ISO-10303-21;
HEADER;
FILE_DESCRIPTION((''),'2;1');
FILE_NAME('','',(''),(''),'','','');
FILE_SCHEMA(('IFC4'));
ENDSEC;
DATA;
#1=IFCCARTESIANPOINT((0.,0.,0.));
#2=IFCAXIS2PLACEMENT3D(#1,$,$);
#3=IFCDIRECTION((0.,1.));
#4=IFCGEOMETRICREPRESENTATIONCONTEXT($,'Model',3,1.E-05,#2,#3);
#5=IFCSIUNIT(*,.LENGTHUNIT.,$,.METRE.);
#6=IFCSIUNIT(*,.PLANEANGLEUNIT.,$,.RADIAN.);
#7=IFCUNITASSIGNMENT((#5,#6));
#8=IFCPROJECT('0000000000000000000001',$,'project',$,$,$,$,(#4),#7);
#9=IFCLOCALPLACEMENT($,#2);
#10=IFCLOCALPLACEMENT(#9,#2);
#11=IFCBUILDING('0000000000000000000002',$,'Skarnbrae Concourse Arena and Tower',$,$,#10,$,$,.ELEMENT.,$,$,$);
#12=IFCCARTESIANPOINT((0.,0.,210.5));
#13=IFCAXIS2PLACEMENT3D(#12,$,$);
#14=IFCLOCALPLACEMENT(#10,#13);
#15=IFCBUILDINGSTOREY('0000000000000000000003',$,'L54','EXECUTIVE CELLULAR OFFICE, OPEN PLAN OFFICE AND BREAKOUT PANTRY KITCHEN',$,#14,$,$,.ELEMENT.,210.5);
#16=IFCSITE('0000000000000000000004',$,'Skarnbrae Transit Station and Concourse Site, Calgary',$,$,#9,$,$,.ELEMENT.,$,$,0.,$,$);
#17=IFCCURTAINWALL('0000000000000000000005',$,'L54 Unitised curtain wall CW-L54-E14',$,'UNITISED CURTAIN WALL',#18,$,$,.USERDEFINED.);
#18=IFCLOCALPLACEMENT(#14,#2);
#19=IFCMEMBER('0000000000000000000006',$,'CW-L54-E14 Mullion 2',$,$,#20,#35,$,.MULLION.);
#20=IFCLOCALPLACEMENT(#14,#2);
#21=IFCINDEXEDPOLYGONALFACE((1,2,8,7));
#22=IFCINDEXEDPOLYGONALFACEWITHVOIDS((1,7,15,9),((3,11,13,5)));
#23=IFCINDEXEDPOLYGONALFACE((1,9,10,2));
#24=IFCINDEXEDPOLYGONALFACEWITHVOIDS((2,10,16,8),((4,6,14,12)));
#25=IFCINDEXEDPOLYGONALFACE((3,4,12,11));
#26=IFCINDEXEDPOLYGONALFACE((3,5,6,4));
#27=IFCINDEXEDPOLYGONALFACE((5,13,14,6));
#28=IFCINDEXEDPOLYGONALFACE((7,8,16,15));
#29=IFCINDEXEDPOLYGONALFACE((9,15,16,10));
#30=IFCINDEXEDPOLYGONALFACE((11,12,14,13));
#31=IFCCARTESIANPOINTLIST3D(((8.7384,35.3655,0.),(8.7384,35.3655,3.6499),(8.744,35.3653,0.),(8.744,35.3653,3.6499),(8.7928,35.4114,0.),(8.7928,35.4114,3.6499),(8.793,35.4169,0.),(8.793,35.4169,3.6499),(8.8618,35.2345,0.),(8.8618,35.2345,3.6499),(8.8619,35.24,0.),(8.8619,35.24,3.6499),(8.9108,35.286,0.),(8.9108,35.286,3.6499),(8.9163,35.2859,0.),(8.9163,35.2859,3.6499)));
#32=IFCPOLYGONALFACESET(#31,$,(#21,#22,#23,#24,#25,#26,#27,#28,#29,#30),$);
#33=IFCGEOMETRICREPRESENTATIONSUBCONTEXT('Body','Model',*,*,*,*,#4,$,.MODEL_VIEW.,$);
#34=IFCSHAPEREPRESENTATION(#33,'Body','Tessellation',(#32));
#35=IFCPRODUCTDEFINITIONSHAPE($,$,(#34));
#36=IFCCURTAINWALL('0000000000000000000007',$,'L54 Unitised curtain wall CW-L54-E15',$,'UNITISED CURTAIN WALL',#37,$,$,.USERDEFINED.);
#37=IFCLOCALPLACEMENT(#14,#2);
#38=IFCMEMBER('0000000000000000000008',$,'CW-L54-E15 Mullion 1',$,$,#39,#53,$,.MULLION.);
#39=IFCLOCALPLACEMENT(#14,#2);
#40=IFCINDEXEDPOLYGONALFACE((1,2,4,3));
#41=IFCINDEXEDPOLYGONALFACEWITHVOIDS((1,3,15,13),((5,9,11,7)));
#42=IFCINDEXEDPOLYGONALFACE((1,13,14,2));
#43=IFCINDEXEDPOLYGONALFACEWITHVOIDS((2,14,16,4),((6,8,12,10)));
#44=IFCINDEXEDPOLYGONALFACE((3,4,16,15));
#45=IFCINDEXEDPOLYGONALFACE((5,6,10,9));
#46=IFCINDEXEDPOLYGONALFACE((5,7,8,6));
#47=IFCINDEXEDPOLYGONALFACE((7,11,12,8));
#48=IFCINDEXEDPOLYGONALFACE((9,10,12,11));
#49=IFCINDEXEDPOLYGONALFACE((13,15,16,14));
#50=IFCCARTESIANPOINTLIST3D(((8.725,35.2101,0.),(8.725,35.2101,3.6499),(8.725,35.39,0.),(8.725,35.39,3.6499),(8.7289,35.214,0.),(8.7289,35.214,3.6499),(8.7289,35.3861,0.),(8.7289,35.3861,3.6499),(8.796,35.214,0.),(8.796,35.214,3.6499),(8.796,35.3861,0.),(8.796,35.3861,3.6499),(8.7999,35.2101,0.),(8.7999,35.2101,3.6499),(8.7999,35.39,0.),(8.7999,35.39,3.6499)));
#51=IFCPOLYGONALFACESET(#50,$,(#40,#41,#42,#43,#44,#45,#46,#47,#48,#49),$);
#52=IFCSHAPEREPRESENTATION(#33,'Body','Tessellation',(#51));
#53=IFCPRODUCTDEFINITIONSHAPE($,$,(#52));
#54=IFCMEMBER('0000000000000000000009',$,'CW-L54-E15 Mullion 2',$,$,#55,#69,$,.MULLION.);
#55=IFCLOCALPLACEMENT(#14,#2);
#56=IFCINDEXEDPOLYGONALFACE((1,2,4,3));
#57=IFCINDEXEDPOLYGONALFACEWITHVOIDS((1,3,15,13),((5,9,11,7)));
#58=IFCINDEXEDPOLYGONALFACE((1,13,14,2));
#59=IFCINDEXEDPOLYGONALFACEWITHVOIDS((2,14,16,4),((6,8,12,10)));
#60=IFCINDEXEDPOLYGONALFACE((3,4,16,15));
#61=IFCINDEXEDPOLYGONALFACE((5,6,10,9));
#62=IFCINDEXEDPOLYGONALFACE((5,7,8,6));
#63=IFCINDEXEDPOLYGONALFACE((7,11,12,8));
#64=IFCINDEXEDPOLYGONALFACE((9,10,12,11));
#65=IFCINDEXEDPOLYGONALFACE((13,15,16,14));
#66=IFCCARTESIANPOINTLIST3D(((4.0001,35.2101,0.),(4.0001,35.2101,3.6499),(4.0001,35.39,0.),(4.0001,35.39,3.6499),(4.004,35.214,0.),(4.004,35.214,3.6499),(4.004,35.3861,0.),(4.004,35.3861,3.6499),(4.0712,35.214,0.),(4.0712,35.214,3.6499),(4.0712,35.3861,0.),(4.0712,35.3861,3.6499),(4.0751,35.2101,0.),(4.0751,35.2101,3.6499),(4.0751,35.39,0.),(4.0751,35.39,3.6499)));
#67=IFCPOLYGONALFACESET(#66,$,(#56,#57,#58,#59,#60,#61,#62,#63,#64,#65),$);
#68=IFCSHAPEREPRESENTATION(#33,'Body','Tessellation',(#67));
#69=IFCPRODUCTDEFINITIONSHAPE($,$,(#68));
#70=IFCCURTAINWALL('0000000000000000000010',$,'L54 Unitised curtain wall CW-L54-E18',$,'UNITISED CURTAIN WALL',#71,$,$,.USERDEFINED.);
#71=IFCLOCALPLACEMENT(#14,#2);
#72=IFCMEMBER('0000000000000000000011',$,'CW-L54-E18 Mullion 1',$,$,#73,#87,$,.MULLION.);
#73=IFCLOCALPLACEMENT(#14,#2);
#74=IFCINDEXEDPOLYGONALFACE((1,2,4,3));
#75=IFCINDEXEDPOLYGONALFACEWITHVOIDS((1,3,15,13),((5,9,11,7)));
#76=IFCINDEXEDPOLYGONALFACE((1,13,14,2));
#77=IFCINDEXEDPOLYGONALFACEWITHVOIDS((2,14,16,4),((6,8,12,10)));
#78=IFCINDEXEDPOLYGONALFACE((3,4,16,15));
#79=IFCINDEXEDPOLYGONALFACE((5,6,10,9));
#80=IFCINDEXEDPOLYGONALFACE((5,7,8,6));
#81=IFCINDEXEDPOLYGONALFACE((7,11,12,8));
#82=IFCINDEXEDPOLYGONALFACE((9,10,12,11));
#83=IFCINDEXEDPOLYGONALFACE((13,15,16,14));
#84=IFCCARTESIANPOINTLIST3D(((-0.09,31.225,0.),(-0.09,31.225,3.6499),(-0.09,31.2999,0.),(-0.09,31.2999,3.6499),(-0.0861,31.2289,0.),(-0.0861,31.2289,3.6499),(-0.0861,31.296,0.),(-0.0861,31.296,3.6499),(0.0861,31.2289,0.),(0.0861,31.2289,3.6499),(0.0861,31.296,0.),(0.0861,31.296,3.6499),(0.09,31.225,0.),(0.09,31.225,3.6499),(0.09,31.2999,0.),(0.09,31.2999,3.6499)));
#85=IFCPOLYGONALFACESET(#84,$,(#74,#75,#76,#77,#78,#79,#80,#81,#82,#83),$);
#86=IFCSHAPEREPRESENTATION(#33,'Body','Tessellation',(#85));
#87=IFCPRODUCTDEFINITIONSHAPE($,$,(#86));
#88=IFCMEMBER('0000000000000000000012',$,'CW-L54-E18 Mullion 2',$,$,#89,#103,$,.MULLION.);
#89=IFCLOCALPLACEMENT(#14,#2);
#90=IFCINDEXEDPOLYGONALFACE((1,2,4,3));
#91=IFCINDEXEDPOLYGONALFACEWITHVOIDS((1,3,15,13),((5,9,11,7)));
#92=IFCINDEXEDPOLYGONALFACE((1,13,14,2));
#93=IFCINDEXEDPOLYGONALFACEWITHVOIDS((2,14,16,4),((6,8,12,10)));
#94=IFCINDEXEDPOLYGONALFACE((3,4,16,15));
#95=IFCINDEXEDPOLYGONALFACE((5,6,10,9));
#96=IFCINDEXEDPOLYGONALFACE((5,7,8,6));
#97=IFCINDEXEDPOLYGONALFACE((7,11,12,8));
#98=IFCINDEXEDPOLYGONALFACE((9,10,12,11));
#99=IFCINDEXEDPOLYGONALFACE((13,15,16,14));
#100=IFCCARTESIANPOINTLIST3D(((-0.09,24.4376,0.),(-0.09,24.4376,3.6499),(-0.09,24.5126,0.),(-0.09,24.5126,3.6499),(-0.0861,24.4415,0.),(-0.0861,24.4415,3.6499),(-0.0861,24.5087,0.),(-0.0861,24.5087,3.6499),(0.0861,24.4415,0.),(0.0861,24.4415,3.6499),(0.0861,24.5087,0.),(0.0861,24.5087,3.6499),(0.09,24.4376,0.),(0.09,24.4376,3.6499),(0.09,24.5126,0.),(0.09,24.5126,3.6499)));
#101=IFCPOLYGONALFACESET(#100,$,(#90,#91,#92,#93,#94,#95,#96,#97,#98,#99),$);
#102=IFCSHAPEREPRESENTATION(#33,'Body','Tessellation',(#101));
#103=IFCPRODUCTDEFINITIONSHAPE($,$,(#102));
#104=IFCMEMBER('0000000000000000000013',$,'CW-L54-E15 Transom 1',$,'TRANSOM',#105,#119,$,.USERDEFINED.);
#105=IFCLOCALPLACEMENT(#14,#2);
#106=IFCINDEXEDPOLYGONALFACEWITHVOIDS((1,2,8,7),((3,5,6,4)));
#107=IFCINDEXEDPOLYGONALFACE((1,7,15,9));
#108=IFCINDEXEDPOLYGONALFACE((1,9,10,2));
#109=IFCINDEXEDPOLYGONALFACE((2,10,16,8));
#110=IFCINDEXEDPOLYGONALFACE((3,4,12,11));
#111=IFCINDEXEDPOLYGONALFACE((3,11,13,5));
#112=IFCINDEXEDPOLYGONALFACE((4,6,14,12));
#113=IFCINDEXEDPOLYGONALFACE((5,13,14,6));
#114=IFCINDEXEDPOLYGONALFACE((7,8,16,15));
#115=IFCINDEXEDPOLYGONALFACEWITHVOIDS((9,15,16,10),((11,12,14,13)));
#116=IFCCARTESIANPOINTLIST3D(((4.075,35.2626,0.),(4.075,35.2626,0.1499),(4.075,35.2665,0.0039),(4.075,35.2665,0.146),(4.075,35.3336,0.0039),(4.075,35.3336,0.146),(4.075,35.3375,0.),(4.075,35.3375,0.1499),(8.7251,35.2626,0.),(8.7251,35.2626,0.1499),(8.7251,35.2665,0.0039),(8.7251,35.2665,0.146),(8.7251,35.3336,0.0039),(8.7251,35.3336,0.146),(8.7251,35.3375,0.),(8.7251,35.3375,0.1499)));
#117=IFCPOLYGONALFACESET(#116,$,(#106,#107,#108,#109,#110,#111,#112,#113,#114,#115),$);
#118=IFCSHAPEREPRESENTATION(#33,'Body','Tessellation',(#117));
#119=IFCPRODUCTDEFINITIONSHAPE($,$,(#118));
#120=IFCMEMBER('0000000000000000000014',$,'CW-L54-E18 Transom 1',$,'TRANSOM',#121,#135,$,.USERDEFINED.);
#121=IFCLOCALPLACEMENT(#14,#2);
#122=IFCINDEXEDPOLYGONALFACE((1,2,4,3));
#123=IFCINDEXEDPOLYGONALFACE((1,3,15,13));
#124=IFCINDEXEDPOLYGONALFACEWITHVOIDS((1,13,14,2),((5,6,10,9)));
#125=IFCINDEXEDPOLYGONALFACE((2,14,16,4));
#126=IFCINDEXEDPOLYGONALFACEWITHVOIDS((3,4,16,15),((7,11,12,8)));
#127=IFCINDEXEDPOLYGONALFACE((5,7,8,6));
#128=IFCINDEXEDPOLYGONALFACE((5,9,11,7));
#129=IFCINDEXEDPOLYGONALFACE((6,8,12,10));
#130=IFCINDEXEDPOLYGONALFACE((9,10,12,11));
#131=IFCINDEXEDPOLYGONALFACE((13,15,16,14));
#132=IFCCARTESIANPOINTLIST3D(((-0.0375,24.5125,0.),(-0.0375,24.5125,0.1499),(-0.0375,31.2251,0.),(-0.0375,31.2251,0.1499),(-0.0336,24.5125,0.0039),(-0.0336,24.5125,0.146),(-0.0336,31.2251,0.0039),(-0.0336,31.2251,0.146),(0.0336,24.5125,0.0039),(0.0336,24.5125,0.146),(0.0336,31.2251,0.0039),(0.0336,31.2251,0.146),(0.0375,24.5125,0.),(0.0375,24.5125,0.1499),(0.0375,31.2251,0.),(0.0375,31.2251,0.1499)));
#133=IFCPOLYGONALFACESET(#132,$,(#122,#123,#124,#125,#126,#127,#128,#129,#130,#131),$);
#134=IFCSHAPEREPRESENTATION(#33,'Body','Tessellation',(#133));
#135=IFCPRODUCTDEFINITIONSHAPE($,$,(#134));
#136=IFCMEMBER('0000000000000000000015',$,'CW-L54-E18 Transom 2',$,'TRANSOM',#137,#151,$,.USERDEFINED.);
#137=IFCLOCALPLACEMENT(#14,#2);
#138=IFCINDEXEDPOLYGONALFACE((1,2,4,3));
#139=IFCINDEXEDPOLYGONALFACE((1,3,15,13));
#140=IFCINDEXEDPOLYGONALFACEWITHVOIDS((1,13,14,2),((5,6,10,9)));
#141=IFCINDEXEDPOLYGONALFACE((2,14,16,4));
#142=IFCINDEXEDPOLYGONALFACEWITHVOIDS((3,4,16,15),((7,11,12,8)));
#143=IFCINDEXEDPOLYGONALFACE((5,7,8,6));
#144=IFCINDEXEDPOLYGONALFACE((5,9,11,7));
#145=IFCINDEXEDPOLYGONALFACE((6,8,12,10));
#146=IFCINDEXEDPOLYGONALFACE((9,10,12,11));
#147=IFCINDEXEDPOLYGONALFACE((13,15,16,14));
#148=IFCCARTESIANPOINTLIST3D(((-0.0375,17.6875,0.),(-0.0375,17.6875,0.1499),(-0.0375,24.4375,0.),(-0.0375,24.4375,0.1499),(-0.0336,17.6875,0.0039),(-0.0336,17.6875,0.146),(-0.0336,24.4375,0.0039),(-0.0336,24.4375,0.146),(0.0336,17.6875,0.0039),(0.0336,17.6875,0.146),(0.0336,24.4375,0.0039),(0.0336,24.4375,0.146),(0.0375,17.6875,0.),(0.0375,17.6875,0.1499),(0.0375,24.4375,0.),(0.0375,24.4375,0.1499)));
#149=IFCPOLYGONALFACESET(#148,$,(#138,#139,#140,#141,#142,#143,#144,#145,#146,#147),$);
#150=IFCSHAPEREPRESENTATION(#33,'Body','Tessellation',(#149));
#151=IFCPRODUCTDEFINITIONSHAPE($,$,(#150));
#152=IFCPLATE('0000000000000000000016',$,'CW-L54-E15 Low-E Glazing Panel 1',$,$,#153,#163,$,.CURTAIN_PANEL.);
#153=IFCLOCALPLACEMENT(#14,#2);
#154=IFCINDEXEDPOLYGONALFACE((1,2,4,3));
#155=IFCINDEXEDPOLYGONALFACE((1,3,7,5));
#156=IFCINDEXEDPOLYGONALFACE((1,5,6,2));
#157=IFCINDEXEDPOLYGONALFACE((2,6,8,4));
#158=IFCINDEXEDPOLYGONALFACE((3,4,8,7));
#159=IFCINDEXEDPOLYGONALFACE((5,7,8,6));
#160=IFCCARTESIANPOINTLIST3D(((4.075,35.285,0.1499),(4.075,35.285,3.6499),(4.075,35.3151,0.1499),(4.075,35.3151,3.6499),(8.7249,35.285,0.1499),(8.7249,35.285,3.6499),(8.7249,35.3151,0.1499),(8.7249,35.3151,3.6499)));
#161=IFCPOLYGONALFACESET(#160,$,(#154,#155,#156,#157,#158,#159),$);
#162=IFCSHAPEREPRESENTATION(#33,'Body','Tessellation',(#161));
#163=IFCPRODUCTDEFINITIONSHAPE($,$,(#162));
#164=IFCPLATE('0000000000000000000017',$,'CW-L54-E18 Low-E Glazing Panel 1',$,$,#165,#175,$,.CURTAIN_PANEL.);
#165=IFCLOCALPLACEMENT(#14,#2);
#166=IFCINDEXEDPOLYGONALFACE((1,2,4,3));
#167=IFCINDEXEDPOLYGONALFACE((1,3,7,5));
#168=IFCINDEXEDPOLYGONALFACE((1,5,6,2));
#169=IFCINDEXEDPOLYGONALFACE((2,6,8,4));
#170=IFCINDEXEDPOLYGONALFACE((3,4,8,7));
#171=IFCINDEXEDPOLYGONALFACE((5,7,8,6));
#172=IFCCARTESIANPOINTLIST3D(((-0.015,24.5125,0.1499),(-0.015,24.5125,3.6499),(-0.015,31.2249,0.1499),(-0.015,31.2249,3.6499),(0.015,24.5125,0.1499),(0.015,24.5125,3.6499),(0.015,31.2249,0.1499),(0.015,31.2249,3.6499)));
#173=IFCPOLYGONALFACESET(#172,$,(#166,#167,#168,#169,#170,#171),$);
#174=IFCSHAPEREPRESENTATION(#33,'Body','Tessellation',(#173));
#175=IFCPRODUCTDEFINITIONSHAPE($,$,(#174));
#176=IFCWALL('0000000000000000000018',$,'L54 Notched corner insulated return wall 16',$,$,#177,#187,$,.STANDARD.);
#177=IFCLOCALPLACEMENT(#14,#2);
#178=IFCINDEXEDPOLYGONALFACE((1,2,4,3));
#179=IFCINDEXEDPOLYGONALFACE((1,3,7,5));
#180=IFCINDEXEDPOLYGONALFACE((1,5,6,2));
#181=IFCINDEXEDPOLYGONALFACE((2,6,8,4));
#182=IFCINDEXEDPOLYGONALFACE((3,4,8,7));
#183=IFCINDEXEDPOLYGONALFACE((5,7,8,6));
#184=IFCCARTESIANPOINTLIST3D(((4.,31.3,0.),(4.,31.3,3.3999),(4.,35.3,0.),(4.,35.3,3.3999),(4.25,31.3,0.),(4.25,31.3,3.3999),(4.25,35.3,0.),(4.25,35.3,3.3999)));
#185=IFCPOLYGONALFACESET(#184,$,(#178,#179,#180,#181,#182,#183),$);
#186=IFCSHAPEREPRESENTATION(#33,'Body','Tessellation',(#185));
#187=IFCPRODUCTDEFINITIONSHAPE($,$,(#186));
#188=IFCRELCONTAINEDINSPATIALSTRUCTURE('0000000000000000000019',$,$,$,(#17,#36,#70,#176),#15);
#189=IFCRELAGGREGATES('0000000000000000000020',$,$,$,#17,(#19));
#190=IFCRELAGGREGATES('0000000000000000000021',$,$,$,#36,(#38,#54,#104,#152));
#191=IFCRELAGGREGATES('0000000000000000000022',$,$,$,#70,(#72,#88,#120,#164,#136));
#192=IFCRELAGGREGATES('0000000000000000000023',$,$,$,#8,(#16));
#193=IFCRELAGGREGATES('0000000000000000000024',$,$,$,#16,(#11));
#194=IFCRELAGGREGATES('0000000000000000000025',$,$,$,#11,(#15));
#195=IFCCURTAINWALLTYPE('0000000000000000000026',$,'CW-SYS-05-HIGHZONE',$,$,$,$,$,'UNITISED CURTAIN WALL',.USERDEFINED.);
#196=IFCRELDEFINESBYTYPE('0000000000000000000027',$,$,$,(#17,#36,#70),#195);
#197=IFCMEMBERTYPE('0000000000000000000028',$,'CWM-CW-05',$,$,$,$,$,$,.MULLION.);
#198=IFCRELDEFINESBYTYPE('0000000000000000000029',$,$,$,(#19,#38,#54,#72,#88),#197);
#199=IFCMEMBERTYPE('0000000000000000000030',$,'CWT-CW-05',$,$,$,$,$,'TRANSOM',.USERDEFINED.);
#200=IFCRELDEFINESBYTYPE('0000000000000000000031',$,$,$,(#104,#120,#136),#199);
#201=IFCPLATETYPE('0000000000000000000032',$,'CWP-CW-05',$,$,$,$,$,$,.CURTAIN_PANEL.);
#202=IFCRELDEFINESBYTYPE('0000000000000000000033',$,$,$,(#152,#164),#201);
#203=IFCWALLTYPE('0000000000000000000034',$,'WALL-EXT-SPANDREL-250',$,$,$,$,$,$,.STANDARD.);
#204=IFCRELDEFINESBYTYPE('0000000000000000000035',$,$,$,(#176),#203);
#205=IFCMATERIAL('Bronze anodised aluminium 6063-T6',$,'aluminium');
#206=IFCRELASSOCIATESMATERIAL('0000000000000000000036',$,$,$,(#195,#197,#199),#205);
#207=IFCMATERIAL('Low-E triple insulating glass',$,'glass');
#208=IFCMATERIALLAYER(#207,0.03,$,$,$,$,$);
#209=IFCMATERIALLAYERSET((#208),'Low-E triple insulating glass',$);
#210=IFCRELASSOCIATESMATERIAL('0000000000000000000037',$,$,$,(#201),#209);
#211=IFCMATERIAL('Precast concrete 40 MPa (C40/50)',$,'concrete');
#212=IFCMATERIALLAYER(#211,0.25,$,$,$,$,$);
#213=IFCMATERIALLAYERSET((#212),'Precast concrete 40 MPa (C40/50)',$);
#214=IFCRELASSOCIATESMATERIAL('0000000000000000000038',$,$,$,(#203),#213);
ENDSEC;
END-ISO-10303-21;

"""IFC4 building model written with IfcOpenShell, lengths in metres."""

from ifc_helpers import new_model, si_unit, direction, frame, frame_2d, origin, origin_2d, place, context, subcontext, project, spatial, rectangle, hollow_rectangle, extrude, source, transform, mapped, material, layer, layer_set, material_profile, profile_set, type_object, element, aggregate, save


model = new_model("IFC4")

# Units and contexts
model_context = context("Model", 3, precision=1e-05, world=origin(), true_north=direction((0.0, 1.0)))
body_context = subcontext(model_context, "Body", "Model", "MODEL_VIEW")
ifc_project = project(units=[si_unit("LENGTHUNIT", "METRE"), si_unit("PLANEANGLEUNIT", "RADIAN")], contexts=[model_context])

# Site, building, storey
site_placement = place(None, origin())
site = spatial("IfcSite", under=ifc_project, at=site_placement, Name="Skarnbrae Transit Station and Concourse Site, Calgary", CompositionType="ELEMENT", RefElevation=0.0)
building_placement = place(site_placement, origin())
building = spatial("IfcBuilding", under=site, at=building_placement, Name="Skarnbrae Concourse Arena and Tower", CompositionType="ELEMENT")
storey_placement = place(building_placement, frame((0.0, 0.0, 210.5)))
storey = spatial("IfcBuildingStorey", under=building, at=storey_placement, Name="L54", Description="EXECUTIVE CELLULAR OFFICE, OPEN PLAN OFFICE AND BREAKOUT PANTRY KITCHEN", CompositionType="ELEMENT", Elevation=210.5)

# Curtain wall, member
ifc_material_1 = material(Name="Bronze anodised aluminium 6063-T6", Category="aluminium")
curtain_wall_type = type_object("IfcCurtainWallType", Name="CW-SYS-05-HIGHZONE", ElementType="UNITISED CURTAIN WALL", PredefinedType="USERDEFINED", material=ifc_material_1)
curtain_wall_1_placement = place(storey_placement, origin())
curtain_wall_1 = element("IfcCurtainWall", 1, at=curtain_wall_1_placement, inside=storey, type_object=curtain_wall_type, Name="L54 Unitised curtain wall CW-L54-E14", ObjectType="UNITISED CURTAIN WALL", PredefinedType="USERDEFINED")
ifc_material_profile_1 = material_profile(ifc_material_1, hollow_rectangle(XDim=0.075, YDim=0.1799, WallThickness=0.0039, at=origin_2d()), Name="ALU-MULL-75X180")
ifc_profile_set_1 = profile_set([ifc_material_profile_1], Name="Bronze anodised aluminium 6063-T6")
member_type_1 = type_object("IfcMemberType", Name="CWM-CW-05", PredefinedType="MULLION", material=ifc_profile_set_1)
shared_shape_1 = source(origin(), body_context, "Body", "SweptSolid", [
    extrude(hollow_rectangle(XDim=0.075, YDim=0.1799, WallThickness=0.0039, at=origin_2d()), origin(), (0.0, 0.0, 1.0), 3.6499),
])
member_1_placement = place(storey_placement, frame((8.8274, 35.3257, 0.0), z_axis=(0.0, 0.0, 1.0), x_axis=(-0.728131, -0.685438, 0.0)))
member_1 = element("IfcMember", 2, at=member_1_placement, type_object=member_type_1, Name="CW-L54-E14 Mullion 2", PredefinedType="MULLION", context=body_context, shape_type="MappedRepresentation", body=[
    mapped(shared_shape_1, transform((0.0, 0.0, 0.0))),
])
aggregate(curtain_wall_1, [member_1])

# Curtain walls, members
curtain_wall_2_placement = place(storey_placement, origin())
curtain_wall_2 = element("IfcCurtainWall", 3, at=curtain_wall_2_placement, inside=storey, type_object=curtain_wall_type, Name="L54 Unitised curtain wall CW-L54-E15", ObjectType="UNITISED CURTAIN WALL", PredefinedType="USERDEFINED")
member_2_placement = place(storey_placement, frame((8.7625, 35.3, 0.0), z_axis=(0.0, 0.0, 1.0), x_axis=(-1.0, 0.0, 0.0)))
member_2 = element("IfcMember", 4, at=member_2_placement, type_object=member_type_1, Name="CW-L54-E15 Mullion 1", PredefinedType="MULLION", context=body_context, shape_type="MappedRepresentation", body=[
    mapped(shared_shape_1, transform((0.0, 0.0, 0.0))),
])
member_3_placement = place(storey_placement, frame((4.0376, 35.3, 0.0), z_axis=(0.0, 0.0, 1.0), x_axis=(-1.0, 0.0, 0.0)))
member_3 = element("IfcMember", 5, at=member_3_placement, type_object=member_type_1, Name="CW-L54-E15 Mullion 2", PredefinedType="MULLION", context=body_context, shape_type="MappedRepresentation", body=[
    mapped(shared_shape_1, transform((0.0, 0.0, 0.0))),
])
curtain_wall_3_placement = place(storey_placement, origin())
curtain_wall_3 = element("IfcCurtainWall", 6, at=curtain_wall_3_placement, inside=storey, type_object=curtain_wall_type, Name="L54 Unitised curtain wall CW-L54-E18", ObjectType="UNITISED CURTAIN WALL", PredefinedType="USERDEFINED")
member_4_placement = place(storey_placement, frame((0.0, 31.2625, 0.0), z_axis=(0.0, 0.0, 1.0), x_axis=(0.0, -1.0, 0.0)))
member_4 = element("IfcMember", 7, at=member_4_placement, type_object=member_type_1, Name="CW-L54-E18 Mullion 1", PredefinedType="MULLION", context=body_context, shape_type="MappedRepresentation", body=[
    mapped(shared_shape_1, transform((0.0, 0.0, 0.0))),
])
member_5_placement = place(storey_placement, frame((0.0, 24.4751, 0.0), z_axis=(0.0, 0.0, 1.0), x_axis=(0.0, -1.0, 0.0)))
member_5 = element("IfcMember", 8, at=member_5_placement, type_object=member_type_1, Name="CW-L54-E18 Mullion 2", PredefinedType="MULLION", context=body_context, shape_type="MappedRepresentation", body=[
    mapped(shared_shape_1, transform((0.0, 0.0, 0.0))),
])

# Members
ifc_material_profile_2 = material_profile(ifc_material_1, hollow_rectangle(XDim=0.075, YDim=0.1499, WallThickness=0.0039, at=origin_2d()), Name="ALU-TRAN-75X150")
ifc_profile_set_2 = profile_set([ifc_material_profile_2], Name="Bronze anodised aluminium 6063-T6")
member_type_2 = type_object("IfcMemberType", Name="CWT-CW-05", ElementType="TRANSOM", PredefinedType="USERDEFINED", material=ifc_profile_set_2)
shared_shape_2 = source(origin(), body_context, "Body", "SweptSolid", [
    extrude(hollow_rectangle(XDim=0.075, YDim=0.1499, WallThickness=0.0039, at=origin_2d()), origin(), (0.0, 0.0, 1.0), 4.6501),
])
member_6_placement = place(storey_placement, frame((8.7251, 35.3, 0.075), z_axis=(-1.0, 0.0, 0.0), x_axis=(0.0, -1.0, 0.0)))
member_6 = element("IfcMember", 9, at=member_6_placement, type_object=member_type_2, Name="CW-L54-E15 Transom 1", ObjectType="TRANSOM", PredefinedType="USERDEFINED", context=body_context, shape_type="MappedRepresentation", body=[
    mapped(shared_shape_2, transform((0.0, 0.0, 0.0))),
])
shared_shape_3 = source(origin(), body_context, "Body", "SweptSolid", [
    extrude(hollow_rectangle(XDim=0.075, YDim=0.1499, WallThickness=0.0039, at=origin_2d()), origin(), (0.0, 0.0, 1.0), 6.7126),
])
member_7_placement = place(storey_placement, frame((0.0, 31.2251, 0.075), z_axis=(0.0, -1.0, 0.0), x_axis=(1.0, 0.0, 0.0)))
member_7 = element("IfcMember", 10, at=member_7_placement, type_object=member_type_2, Name="CW-L54-E18 Transom 1", ObjectType="TRANSOM", PredefinedType="USERDEFINED", context=body_context, shape_type="MappedRepresentation", body=[
    mapped(shared_shape_3, transform((0.0, 0.0, 0.0))),
])
shared_shape_4 = source(origin(), body_context, "Body", "SweptSolid", [
    extrude(hollow_rectangle(XDim=0.075, YDim=0.1499, WallThickness=0.0039, at=origin_2d()), origin(), (0.0, 0.0, 1.0), 6.75),
])
member_8_placement = place(storey_placement, frame((0.0, 24.4375, 0.075), z_axis=(0.0, -1.0, 0.0), x_axis=(1.0, 0.0, 0.0)))
member_8 = element("IfcMember", 11, at=member_8_placement, type_object=member_type_2, Name="CW-L54-E18 Transom 2", ObjectType="TRANSOM", PredefinedType="USERDEFINED", context=body_context, shape_type="MappedRepresentation", body=[
    mapped(shared_shape_4, transform((0.0, 0.0, 0.0))),
])

# Plates
ifc_material_2 = material(Name="Low-E triple insulating glass", Category="glass")
ifc_layer_1 = layer(ifc_material_2, 0.03)
ifc_layer_set_1 = layer_set([ifc_layer_1], Name="Low-E triple insulating glass")
plate_type = type_object("IfcPlateType", Name="CWP-CW-05", PredefinedType="CURTAIN_PANEL", material=ifc_layer_set_1)
shared_shape_5 = source(origin(), body_context, "Body", "SweptSolid", [
    extrude(rectangle(XDim=4.6499, YDim=0.03, at=origin_2d()), origin(), (0.0, 0.0, 1.0), 3.5),
])
plate_1_placement = place(storey_placement, frame((6.3999, 35.3, 0.1499), z_axis=(0.0, 0.0, 1.0), x_axis=(-1.0, 0.0, 0.0)))
plate_1 = element("IfcPlate", 12, at=plate_1_placement, type_object=plate_type, Name="CW-L54-E15 Low-E Glazing Panel 1", PredefinedType="CURTAIN_PANEL", context=body_context, shape_type="MappedRepresentation", body=[
    mapped(shared_shape_5, transform((0.0, 0.0, 0.0))),
])
aggregate(curtain_wall_2, [member_2, member_3, member_6, plate_1])
shared_shape_6 = source(origin(), body_context, "Body", "SweptSolid", [
    extrude(rectangle(XDim=6.7124, YDim=0.03, at=origin_2d()), origin(), (0.0, 0.0, 1.0), 3.5),
])
plate_2_placement = place(storey_placement, frame((0.0, 27.8687, 0.1499), z_axis=(0.0, 0.0, 1.0), x_axis=(0.0, -1.0, 0.0)))
plate_2 = element("IfcPlate", 13, at=plate_2_placement, type_object=plate_type, Name="CW-L54-E18 Low-E Glazing Panel 1", PredefinedType="CURTAIN_PANEL", context=body_context, shape_type="MappedRepresentation", body=[
    mapped(shared_shape_6, transform((0.0, 0.0, 0.0))),
])
aggregate(curtain_wall_3, [member_4, member_5, member_7, plate_2, member_8])

# Wall
ifc_material_3 = material(Name="Precast concrete 40 MPa (C40/50)", Category="concrete")
ifc_layer_2 = layer(ifc_material_3, 0.25)
ifc_layer_set_2 = layer_set([ifc_layer_2], Name="Precast concrete 40 MPa (C40/50)")
wall_type_1 = type_object("IfcWallType", Name="WALL-EXT-SPANDREL-250", PredefinedType="STANDARD", material=ifc_layer_set_2)
shared_shape_7 = source(origin(), body_context, "Body", "SweptSolid", [
    extrude(rectangle(XDim=4.0, YDim=0.25, at=frame_2d((2.0, 0.0))), origin(), (0.0, 0.0, 1.0), 3.3999),
])
for number, where, z_axis, x_axis, name in (
    (14, (4.125, 35.3, 0.0), (0.0, 0.0, 1.0), (0.0, -1.0, 0.0), "L54 Notched corner insulated return wall 16"),
):
    element("IfcWall", number, at=place(storey_placement, frame(where, z_axis=z_axis, x_axis=x_axis)), inside=storey, type_object=wall_type_1, Name=name, PredefinedType="STANDARD", context=body_context, shape_type="MappedRepresentation", body=[
        mapped(shared_shape_7, transform((0.0, 0.0, 0.0))),
    ])

save(model, "model.ifc")
